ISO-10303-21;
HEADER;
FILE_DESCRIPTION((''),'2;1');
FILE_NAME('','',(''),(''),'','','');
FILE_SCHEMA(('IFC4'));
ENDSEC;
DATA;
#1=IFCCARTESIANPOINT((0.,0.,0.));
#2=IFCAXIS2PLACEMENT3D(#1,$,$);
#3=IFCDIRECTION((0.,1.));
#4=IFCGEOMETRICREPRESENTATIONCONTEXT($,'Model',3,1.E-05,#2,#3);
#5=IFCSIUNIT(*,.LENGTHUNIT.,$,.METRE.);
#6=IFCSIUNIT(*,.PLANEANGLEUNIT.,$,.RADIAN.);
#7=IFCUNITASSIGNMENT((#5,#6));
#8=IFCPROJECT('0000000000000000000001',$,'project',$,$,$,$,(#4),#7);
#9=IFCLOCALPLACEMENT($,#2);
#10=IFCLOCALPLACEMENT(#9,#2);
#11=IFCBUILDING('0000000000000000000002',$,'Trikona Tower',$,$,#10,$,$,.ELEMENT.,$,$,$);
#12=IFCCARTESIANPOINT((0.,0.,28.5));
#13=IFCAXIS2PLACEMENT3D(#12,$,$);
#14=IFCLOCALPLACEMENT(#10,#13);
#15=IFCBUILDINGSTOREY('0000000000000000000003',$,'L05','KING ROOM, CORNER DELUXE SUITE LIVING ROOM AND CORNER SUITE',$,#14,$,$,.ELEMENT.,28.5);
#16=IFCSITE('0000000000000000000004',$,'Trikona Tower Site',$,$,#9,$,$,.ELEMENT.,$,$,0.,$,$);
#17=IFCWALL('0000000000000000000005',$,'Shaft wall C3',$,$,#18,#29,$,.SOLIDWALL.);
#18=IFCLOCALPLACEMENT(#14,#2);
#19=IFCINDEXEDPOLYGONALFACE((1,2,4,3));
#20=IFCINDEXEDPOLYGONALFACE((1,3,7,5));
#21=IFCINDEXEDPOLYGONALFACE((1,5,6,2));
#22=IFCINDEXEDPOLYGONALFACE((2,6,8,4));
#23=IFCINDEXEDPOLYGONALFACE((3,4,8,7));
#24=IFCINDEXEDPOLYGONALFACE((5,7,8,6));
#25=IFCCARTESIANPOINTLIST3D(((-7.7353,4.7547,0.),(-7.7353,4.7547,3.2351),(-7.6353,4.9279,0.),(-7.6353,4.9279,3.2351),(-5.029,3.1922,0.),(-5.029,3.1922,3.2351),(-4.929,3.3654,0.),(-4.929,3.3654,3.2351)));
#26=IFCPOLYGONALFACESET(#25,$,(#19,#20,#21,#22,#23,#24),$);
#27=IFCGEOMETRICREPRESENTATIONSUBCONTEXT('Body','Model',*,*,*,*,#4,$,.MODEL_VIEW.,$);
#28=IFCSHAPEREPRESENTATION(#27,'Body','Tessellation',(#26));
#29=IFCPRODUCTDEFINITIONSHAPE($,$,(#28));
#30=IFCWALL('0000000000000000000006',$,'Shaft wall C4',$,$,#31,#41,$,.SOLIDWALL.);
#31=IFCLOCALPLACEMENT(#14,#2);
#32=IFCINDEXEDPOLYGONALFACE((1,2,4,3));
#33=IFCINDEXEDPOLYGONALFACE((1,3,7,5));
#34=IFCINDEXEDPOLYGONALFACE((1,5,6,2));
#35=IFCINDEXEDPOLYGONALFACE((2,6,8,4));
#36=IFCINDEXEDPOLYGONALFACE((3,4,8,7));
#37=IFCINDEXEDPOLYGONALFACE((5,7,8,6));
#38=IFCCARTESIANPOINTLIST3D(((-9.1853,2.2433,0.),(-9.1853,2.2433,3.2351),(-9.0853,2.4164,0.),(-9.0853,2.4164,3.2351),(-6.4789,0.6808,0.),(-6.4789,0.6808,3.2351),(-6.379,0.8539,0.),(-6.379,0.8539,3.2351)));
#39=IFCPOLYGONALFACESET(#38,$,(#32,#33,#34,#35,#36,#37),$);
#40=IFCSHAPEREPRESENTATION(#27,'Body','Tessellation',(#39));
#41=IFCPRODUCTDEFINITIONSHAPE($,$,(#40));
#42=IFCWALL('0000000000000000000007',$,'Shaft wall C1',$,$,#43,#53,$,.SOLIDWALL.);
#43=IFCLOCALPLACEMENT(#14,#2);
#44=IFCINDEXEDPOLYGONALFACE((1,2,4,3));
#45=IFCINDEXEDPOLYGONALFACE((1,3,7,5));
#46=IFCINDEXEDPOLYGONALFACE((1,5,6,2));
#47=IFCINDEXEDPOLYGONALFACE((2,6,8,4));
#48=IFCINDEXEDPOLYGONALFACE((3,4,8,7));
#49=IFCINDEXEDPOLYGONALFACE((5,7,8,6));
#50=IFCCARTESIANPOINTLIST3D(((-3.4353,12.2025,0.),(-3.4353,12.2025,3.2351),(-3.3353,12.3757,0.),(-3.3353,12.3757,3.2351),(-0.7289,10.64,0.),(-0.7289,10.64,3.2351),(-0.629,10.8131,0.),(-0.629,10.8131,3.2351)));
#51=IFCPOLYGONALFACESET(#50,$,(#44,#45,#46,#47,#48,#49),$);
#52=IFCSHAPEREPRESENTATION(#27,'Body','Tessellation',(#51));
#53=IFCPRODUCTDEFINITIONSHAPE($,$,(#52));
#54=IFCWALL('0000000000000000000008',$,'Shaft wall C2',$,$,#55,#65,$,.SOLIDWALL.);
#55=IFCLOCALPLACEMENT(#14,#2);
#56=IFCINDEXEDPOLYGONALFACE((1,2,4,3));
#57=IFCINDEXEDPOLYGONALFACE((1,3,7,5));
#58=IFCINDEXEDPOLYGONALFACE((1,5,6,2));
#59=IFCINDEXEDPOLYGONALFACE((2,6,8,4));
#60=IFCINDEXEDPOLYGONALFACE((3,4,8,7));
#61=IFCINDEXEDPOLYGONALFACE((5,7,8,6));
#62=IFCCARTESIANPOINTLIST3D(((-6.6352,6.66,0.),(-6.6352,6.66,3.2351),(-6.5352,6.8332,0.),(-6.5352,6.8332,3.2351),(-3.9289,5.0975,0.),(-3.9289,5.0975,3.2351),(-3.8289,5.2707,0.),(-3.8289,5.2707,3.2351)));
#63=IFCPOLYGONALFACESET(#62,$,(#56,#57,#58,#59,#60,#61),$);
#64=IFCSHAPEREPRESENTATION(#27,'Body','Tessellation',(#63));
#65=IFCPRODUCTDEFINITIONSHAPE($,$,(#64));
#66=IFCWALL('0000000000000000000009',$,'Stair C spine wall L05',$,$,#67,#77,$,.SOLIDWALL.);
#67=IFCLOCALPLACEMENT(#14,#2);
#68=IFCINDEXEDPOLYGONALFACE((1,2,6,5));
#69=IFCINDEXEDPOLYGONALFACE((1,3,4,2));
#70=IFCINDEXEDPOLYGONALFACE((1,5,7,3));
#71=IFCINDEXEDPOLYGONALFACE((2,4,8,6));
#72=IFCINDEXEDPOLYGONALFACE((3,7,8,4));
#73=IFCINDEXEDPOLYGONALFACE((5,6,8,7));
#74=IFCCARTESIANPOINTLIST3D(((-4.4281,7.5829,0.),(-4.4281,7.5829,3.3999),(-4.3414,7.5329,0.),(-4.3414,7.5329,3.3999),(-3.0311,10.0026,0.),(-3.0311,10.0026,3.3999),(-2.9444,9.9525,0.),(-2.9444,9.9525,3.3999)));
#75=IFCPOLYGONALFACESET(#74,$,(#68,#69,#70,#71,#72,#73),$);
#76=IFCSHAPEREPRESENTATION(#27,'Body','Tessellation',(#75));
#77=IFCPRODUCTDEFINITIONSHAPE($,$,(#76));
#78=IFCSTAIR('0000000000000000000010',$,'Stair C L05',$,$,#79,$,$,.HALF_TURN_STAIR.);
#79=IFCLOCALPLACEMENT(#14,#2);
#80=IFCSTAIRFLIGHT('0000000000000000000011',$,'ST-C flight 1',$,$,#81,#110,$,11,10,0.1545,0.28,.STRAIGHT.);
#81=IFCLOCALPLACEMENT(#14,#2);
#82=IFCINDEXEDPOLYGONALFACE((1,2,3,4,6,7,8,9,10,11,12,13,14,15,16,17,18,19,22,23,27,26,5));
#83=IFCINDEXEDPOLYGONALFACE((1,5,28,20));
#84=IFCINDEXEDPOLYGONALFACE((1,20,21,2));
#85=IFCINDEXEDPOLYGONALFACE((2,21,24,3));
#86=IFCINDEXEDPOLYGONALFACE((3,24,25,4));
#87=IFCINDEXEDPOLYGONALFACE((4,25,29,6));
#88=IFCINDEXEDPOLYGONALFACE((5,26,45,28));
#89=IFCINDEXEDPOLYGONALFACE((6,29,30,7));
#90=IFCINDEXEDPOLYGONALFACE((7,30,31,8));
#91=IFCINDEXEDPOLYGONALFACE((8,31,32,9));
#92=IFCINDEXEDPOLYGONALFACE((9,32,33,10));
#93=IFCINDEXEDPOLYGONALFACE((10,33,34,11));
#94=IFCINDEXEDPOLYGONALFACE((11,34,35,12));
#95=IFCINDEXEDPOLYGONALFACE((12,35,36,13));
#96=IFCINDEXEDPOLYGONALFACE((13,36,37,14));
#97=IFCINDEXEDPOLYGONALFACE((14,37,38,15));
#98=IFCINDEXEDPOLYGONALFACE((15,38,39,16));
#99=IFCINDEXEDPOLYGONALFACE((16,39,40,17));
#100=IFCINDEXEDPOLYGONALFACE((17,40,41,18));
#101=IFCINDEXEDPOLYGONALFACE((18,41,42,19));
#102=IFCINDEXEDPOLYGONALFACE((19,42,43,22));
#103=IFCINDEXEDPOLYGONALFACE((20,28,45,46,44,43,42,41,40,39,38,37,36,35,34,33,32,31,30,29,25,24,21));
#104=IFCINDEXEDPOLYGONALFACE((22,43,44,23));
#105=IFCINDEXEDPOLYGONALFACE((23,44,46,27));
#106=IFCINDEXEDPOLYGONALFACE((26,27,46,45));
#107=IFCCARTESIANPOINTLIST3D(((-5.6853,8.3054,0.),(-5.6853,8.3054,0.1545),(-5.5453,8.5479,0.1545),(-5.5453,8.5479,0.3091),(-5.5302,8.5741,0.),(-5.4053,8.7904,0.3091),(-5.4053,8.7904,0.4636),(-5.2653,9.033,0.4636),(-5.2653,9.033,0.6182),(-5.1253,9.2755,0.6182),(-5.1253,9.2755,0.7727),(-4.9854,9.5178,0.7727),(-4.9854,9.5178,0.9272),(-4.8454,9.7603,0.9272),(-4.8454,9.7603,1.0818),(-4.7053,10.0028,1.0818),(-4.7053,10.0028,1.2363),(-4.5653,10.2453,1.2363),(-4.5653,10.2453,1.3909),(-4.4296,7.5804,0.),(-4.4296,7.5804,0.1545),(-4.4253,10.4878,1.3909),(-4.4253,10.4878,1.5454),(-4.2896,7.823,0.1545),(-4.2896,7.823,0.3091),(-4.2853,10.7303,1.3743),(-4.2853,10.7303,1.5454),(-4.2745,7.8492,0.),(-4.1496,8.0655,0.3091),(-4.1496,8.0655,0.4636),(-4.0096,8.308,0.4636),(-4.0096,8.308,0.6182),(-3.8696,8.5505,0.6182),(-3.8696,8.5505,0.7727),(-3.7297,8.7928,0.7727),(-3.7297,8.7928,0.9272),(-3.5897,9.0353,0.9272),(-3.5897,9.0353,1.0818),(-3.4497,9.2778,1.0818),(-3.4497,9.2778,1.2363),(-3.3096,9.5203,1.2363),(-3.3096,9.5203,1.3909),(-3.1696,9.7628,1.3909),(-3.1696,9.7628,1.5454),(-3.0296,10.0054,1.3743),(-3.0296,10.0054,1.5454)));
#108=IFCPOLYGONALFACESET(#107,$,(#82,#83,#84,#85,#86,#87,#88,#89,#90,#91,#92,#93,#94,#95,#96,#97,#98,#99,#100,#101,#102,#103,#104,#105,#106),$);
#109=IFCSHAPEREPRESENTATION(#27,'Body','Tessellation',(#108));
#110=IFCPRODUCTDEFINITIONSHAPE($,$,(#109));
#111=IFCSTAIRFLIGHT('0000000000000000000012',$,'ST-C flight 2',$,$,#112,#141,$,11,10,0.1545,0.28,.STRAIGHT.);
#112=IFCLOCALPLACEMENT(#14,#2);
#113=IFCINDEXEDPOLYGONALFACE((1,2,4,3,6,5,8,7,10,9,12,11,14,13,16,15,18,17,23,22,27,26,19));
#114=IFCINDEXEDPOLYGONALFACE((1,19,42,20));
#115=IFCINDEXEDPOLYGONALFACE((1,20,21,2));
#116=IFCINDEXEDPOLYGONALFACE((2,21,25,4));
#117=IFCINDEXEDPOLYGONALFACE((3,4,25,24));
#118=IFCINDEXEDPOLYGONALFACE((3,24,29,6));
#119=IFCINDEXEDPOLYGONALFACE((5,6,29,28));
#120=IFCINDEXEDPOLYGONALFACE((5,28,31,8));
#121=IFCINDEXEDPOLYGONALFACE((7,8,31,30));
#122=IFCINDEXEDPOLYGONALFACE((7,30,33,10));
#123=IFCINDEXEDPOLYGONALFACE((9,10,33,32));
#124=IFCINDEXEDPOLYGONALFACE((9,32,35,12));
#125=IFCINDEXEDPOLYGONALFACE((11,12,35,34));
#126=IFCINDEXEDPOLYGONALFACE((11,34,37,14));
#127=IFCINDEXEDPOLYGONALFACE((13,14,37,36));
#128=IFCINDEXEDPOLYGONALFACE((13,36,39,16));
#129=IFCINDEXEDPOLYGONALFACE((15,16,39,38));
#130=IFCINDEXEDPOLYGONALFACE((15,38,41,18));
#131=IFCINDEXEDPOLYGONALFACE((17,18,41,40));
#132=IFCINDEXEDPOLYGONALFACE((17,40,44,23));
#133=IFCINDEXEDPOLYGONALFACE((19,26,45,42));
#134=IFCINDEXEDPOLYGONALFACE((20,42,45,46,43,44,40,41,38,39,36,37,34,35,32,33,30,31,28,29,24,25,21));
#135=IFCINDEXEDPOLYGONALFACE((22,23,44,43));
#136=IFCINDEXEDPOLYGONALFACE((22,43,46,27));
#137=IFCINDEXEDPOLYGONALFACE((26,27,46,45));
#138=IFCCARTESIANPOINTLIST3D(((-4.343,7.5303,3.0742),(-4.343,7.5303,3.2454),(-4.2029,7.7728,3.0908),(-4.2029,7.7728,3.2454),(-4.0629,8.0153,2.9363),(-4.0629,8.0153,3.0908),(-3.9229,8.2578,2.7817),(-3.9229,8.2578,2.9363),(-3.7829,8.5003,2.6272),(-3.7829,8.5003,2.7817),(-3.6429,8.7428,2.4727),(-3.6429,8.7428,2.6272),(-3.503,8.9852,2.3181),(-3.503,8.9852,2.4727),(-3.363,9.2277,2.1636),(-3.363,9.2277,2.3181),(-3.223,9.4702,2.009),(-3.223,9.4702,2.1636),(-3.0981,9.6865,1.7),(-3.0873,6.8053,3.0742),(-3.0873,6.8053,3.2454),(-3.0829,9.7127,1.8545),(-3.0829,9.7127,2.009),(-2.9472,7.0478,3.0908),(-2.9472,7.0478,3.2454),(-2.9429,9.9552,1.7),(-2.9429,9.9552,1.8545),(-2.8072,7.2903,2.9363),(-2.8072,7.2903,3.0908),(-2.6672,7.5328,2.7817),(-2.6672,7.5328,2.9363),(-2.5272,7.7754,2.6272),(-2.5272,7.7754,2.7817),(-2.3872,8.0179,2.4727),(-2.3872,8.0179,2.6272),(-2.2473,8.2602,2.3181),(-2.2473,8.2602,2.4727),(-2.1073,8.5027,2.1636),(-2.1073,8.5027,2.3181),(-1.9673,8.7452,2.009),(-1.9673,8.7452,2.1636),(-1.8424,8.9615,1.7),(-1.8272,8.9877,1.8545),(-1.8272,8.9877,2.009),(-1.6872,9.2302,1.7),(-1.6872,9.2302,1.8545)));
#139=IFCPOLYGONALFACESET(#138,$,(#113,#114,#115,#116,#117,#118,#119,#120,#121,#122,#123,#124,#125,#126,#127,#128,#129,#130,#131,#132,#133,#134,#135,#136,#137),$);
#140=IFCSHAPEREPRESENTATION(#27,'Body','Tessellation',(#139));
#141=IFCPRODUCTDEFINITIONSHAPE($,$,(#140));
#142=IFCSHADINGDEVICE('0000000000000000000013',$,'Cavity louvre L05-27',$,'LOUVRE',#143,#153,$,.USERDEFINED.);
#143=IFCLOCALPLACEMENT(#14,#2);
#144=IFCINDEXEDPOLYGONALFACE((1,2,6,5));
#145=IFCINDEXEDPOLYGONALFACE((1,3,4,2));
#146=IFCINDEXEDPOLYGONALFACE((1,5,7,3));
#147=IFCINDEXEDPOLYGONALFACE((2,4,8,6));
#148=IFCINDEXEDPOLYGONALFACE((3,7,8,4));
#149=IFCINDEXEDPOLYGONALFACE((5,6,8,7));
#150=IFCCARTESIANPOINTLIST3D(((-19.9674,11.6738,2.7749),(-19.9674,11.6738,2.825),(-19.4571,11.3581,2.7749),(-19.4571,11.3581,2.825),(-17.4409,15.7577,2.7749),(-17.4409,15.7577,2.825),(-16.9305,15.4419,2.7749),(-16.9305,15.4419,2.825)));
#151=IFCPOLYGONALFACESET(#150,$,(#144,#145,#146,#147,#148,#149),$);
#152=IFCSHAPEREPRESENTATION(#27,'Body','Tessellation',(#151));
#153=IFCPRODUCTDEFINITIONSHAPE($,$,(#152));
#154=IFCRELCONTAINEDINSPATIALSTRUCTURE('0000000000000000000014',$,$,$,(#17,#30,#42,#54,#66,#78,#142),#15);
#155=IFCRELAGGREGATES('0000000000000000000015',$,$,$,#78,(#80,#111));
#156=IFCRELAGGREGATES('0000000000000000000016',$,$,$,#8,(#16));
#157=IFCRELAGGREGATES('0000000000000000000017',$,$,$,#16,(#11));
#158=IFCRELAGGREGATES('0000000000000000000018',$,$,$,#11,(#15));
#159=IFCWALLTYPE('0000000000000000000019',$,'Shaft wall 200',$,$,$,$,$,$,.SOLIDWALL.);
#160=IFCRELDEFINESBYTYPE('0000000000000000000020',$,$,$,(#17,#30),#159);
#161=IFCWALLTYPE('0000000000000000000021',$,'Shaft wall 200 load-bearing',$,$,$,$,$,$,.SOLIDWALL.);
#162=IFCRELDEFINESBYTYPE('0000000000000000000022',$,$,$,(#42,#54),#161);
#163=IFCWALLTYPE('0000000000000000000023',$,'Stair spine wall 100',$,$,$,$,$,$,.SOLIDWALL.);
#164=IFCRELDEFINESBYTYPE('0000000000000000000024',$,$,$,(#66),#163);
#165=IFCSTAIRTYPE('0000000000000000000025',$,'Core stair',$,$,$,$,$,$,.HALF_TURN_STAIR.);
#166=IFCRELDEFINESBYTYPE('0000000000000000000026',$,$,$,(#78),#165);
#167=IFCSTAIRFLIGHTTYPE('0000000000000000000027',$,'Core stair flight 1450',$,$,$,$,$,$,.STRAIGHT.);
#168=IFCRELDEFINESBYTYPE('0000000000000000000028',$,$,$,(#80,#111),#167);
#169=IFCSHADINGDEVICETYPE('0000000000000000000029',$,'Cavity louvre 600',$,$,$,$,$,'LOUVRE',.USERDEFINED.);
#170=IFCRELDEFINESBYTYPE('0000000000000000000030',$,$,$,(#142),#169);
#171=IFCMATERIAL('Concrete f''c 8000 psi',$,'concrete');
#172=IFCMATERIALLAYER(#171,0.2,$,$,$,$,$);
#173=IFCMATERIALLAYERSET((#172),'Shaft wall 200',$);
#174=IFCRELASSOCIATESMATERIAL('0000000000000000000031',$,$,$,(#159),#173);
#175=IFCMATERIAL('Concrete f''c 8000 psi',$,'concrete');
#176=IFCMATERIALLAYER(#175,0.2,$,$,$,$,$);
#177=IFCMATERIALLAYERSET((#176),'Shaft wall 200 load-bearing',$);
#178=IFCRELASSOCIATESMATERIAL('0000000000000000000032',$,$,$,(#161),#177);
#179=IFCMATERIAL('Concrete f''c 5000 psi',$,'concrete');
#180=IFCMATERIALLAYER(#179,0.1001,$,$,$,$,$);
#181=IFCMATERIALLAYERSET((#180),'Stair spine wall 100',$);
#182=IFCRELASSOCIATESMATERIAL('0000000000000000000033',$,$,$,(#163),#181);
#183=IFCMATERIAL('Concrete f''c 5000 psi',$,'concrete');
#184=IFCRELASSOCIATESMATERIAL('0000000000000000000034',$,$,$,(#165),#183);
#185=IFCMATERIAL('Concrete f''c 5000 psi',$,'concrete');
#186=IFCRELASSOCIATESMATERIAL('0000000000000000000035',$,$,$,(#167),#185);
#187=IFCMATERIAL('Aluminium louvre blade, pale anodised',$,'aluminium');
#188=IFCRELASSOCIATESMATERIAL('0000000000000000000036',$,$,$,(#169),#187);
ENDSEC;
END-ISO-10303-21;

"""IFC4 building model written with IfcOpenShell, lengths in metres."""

from ifc_helpers import new_model, si_unit, direction, frame, frame_2d, origin, origin_2d, place, context, subcontext, project, spatial, polyline, rectangle, outline, extrude, material, layer, layer_set, type_object, element, aggregate, save


model = new_model("IFC4")

# Units and contexts
model_context = context("Model", 3, precision=1e-05, world=origin(), true_north=direction((0.0, 1.0)))
body_context = subcontext(model_context, "Body", "Model", "MODEL_VIEW")
ifc_project = project(units=[si_unit("LENGTHUNIT", "METRE"), si_unit("PLANEANGLEUNIT", "RADIAN")], contexts=[model_context])

# Site, building, storey
site_placement = place(None, origin())
site = spatial("IfcSite", under=ifc_project, at=site_placement, Name="Trikona Tower Site", CompositionType="ELEMENT", RefElevation=0.0)
building_placement = place(site_placement, origin())
building = spatial("IfcBuilding", under=site, at=building_placement, Name="Trikona Tower", CompositionType="ELEMENT")
storey_placement = place(building_placement, frame((0.0, 0.0, 28.5)))
storey = spatial("IfcBuildingStorey", under=building, at=storey_placement, Name="L05", Description="KING ROOM, CORNER DELUXE SUITE LIVING ROOM AND CORNER SUITE", CompositionType="ELEMENT", Elevation=28.5)

# Walls
ifc_material_1 = material(Name="Concrete f'c 8000 psi", Category="concrete")
ifc_layer_1 = layer(ifc_material_1, 0.2)
ifc_layer_set_1 = layer_set([ifc_layer_1], Name="Shaft wall 200")
wall_type_1 = type_object("IfcWallType", Name="Shaft wall 200", PredefinedType="SOLIDWALL", material=ifc_layer_set_1)
for number, where, z_axis, x_axis, name in (
    (1, (-4.979, 3.2788, 0.0), (0.0, 0.0, 1.0), (-0.866023, 0.500004, 0.0), "Shaft wall C3"),
    (2, (-6.429, 0.7673, 0.0), (0.0, 0.0, 1.0), (-0.866023, 0.500004, 0.0), "Shaft wall C4"),
):
    element("IfcWall", number, at=place(storey_placement, frame(where, z_axis=z_axis, x_axis=x_axis)), inside=storey, type_object=wall_type_1, Name=name, PredefinedType="SOLIDWALL", context=body_context, shape_type="SweptSolid", body=[
        extrude(rectangle(XDim=3.125, YDim=0.2, at=frame_2d((1.5625, 0.0))), origin(), (0.0, 0.0, 1.0), 3.2351),
    ])
ifc_material_2 = material(Name="Concrete f'c 8000 psi", Category="concrete")
ifc_layer_2 = layer(ifc_material_2, 0.2)
ifc_layer_set_2 = layer_set([ifc_layer_2], Name="Shaft wall 200 load-bearing")
wall_type_2 = type_object("IfcWallType", Name="Shaft wall 200 load-bearing", PredefinedType="SOLIDWALL", material=ifc_layer_set_2)
for number, where, z_axis, x_axis, name in (
    (3, (-0.679, 10.7266, 0.0), (0.0, 0.0, 1.0), (-0.866023, 0.500004, 0.0), "Shaft wall C1"),
    (4, (-3.8789, 5.1841, 0.0), (0.0, 0.0, 1.0), (-0.866023, 0.500004, 0.0), "Shaft wall C2"),
):
    element("IfcWall", number, at=place(storey_placement, frame(where, z_axis=z_axis, x_axis=x_axis)), inside=storey, type_object=wall_type_2, Name=name, PredefinedType="SOLIDWALL", context=body_context, shape_type="SweptSolid", body=[
        extrude(rectangle(XDim=3.125, YDim=0.2, at=frame_2d((1.5625, 0.0))), origin(), (0.0, 0.0, 1.0), 3.2351),
    ])
ifc_material_3 = material(Name="Concrete f'c 5000 psi", Category="concrete")
ifc_layer_3 = layer(ifc_material_3, 0.1001)
ifc_layer_set_3 = layer_set([ifc_layer_3], Name="Stair spine wall 100")
wall_type_3 = type_object("IfcWallType", Name="Stair spine wall 100", PredefinedType="SOLIDWALL", material=ifc_layer_set_3)
wall_1_placement = place(storey_placement, frame((-2.9878, 9.9775, 0.0), z_axis=(0.0, 0.0, 1.0), x_axis=(-0.499992, -0.86603, 0.0)))
element("IfcWall", 5, at=wall_1_placement, inside=storey, type_object=wall_type_3, Name="Stair C spine wall L05", PredefinedType="SOLIDWALL", context=body_context, shape_type="SweptSolid", body=[
    extrude(rectangle(XDim=2.7939, YDim=0.1001, at=frame_2d((1.397, 0.0))), origin(), (0.0, 0.0, 1.0), 3.3999),
])

# Stair, stair flights
ifc_material_4 = material(Name="Concrete f'c 5000 psi", Category="concrete")
stair_type = type_object("IfcStairType", Name="Core stair", PredefinedType="HALF_TURN_STAIR", material=ifc_material_4)
stair_placement = place(storey_placement, origin())
stair = element("IfcStair", 6, at=stair_placement, inside=storey, type_object=stair_type, Name="Stair C L05", PredefinedType="HALF_TURN_STAIR")
ifc_material_5 = material(Name="Concrete f'c 5000 psi", Category="concrete")
stair_flight_type = type_object("IfcStairFlightType", Name="Core stair flight 1450", PredefinedType="STRAIGHT", material=ifc_material_5)
stair_flight_1_placement = place(storey_placement, frame((-5.0574, 7.9429, 0.0), z_axis=(0.0, 0.0, 1.0), x_axis=(0.5, 0.866025, 0.0)))
stair_flight_1 = element("IfcStairFlight", 7, at=stair_flight_1_placement, type_object=stair_flight_type, Name="ST-C flight 1", NumberOfRisers=11, NumberOfTreads=10, PredefinedType="STRAIGHT", RiserHeight=0.1545, TreadLength=0.28, context=body_context, shape_type="SweptSolid", body=[
    extrude(outline(polyline([(0.0, 0.0), (0.0, 0.1545), (0.28, 0.1545), (0.28, 0.3091), (0.5601, 0.3091), (0.5601, 0.4636), (0.8401, 0.4636), (0.8401, 0.6182), (1.1201, 0.6182), (1.1201, 0.7727), (1.3999, 0.7727), (1.3999, 0.9272), (1.6799, 0.9272), (1.6799, 1.0818), (1.96, 1.0818), (1.96, 1.2363), (2.24, 1.2363), (2.24, 1.3909), (2.52, 1.3909), (2.52, 1.5454), (2.8, 1.5454), (2.8, 1.7), (2.8, 1.3743), (0.3103, 0.0), (0.0, 0.0)])), frame((0.0, 0.7251, 0.0), z_axis=(0.0, -1.0, 0.0), x_axis=(1.0, 0.0, 0.0)), (0.0, 0.0, 1.0), 1.45),
])
stair_flight_2_placement = place(storey_placement, frame((-2.3152, 9.5928, 1.7), z_axis=(0.0, 0.0, 1.0), x_axis=(-0.5, -0.866025, 0.0)))
stair_flight_2 = element("IfcStairFlight", 8, at=stair_flight_2_placement, type_object=stair_flight_type, Name="ST-C flight 2", NumberOfRisers=11, NumberOfTreads=10, PredefinedType="STRAIGHT", RiserHeight=0.1545, TreadLength=0.28, context=body_context, shape_type="SweptSolid", body=[
    extrude(outline(polyline([(0.0, 0.0), (0.0, 0.1545), (0.28, 0.1545), (0.28, 0.3091), (0.5601, 0.3091), (0.5601, 0.4636), (0.8401, 0.4636), (0.8401, 0.6182), (1.1201, 0.6182), (1.1201, 0.7727), (1.3999, 0.7727), (1.3999, 0.9272), (1.6799, 0.9272), (1.6799, 1.0818), (1.96, 1.0818), (1.96, 1.2363), (2.24, 1.2363), (2.24, 1.3909), (2.52, 1.3909), (2.52, 1.5454), (2.8, 1.5454), (2.8, 1.7), (2.8, 1.3743), (0.3103, 0.0), (0.0, 0.0)])), frame((0.0, 0.7251, 0.0), z_axis=(0.0, -1.0, 0.0), x_axis=(1.0, 0.0, 0.0)), (0.0, 0.0, 1.0), 1.45),
])
aggregate(stair, [stair_flight_1, stair_flight_2])

# Shading device
ifc_material_6 = material(Name="Aluminium louvre blade, pale anodised", Category="aluminium")
shading_device_type = type_object("IfcShadingDeviceType", Name="Cavity louvre 600", ElementType="LOUVRE", PredefinedType="USERDEFINED", material=ifc_material_6)
shading_device_placement = place(storey_placement, frame((-18.449, 13.5579, 2.7749), z_axis=(0.0, 0.0, 1.0), x_axis=(-0.526119, -0.850411, 0.0)))
element("IfcShadingDevice", 9, at=shading_device_placement, inside=storey, type_object=shading_device_type, Name="Cavity louvre L05-27", ObjectType="LOUVRE", PredefinedType="USERDEFINED", context=body_context, shape_type="SweptSolid", body=[
    extrude(rectangle(XDim=4.8022, YDim=0.6001, at=origin_2d()), origin(), (0.0, 0.0, 1.0), 0.05),
])

save(model, "model.ifc")
